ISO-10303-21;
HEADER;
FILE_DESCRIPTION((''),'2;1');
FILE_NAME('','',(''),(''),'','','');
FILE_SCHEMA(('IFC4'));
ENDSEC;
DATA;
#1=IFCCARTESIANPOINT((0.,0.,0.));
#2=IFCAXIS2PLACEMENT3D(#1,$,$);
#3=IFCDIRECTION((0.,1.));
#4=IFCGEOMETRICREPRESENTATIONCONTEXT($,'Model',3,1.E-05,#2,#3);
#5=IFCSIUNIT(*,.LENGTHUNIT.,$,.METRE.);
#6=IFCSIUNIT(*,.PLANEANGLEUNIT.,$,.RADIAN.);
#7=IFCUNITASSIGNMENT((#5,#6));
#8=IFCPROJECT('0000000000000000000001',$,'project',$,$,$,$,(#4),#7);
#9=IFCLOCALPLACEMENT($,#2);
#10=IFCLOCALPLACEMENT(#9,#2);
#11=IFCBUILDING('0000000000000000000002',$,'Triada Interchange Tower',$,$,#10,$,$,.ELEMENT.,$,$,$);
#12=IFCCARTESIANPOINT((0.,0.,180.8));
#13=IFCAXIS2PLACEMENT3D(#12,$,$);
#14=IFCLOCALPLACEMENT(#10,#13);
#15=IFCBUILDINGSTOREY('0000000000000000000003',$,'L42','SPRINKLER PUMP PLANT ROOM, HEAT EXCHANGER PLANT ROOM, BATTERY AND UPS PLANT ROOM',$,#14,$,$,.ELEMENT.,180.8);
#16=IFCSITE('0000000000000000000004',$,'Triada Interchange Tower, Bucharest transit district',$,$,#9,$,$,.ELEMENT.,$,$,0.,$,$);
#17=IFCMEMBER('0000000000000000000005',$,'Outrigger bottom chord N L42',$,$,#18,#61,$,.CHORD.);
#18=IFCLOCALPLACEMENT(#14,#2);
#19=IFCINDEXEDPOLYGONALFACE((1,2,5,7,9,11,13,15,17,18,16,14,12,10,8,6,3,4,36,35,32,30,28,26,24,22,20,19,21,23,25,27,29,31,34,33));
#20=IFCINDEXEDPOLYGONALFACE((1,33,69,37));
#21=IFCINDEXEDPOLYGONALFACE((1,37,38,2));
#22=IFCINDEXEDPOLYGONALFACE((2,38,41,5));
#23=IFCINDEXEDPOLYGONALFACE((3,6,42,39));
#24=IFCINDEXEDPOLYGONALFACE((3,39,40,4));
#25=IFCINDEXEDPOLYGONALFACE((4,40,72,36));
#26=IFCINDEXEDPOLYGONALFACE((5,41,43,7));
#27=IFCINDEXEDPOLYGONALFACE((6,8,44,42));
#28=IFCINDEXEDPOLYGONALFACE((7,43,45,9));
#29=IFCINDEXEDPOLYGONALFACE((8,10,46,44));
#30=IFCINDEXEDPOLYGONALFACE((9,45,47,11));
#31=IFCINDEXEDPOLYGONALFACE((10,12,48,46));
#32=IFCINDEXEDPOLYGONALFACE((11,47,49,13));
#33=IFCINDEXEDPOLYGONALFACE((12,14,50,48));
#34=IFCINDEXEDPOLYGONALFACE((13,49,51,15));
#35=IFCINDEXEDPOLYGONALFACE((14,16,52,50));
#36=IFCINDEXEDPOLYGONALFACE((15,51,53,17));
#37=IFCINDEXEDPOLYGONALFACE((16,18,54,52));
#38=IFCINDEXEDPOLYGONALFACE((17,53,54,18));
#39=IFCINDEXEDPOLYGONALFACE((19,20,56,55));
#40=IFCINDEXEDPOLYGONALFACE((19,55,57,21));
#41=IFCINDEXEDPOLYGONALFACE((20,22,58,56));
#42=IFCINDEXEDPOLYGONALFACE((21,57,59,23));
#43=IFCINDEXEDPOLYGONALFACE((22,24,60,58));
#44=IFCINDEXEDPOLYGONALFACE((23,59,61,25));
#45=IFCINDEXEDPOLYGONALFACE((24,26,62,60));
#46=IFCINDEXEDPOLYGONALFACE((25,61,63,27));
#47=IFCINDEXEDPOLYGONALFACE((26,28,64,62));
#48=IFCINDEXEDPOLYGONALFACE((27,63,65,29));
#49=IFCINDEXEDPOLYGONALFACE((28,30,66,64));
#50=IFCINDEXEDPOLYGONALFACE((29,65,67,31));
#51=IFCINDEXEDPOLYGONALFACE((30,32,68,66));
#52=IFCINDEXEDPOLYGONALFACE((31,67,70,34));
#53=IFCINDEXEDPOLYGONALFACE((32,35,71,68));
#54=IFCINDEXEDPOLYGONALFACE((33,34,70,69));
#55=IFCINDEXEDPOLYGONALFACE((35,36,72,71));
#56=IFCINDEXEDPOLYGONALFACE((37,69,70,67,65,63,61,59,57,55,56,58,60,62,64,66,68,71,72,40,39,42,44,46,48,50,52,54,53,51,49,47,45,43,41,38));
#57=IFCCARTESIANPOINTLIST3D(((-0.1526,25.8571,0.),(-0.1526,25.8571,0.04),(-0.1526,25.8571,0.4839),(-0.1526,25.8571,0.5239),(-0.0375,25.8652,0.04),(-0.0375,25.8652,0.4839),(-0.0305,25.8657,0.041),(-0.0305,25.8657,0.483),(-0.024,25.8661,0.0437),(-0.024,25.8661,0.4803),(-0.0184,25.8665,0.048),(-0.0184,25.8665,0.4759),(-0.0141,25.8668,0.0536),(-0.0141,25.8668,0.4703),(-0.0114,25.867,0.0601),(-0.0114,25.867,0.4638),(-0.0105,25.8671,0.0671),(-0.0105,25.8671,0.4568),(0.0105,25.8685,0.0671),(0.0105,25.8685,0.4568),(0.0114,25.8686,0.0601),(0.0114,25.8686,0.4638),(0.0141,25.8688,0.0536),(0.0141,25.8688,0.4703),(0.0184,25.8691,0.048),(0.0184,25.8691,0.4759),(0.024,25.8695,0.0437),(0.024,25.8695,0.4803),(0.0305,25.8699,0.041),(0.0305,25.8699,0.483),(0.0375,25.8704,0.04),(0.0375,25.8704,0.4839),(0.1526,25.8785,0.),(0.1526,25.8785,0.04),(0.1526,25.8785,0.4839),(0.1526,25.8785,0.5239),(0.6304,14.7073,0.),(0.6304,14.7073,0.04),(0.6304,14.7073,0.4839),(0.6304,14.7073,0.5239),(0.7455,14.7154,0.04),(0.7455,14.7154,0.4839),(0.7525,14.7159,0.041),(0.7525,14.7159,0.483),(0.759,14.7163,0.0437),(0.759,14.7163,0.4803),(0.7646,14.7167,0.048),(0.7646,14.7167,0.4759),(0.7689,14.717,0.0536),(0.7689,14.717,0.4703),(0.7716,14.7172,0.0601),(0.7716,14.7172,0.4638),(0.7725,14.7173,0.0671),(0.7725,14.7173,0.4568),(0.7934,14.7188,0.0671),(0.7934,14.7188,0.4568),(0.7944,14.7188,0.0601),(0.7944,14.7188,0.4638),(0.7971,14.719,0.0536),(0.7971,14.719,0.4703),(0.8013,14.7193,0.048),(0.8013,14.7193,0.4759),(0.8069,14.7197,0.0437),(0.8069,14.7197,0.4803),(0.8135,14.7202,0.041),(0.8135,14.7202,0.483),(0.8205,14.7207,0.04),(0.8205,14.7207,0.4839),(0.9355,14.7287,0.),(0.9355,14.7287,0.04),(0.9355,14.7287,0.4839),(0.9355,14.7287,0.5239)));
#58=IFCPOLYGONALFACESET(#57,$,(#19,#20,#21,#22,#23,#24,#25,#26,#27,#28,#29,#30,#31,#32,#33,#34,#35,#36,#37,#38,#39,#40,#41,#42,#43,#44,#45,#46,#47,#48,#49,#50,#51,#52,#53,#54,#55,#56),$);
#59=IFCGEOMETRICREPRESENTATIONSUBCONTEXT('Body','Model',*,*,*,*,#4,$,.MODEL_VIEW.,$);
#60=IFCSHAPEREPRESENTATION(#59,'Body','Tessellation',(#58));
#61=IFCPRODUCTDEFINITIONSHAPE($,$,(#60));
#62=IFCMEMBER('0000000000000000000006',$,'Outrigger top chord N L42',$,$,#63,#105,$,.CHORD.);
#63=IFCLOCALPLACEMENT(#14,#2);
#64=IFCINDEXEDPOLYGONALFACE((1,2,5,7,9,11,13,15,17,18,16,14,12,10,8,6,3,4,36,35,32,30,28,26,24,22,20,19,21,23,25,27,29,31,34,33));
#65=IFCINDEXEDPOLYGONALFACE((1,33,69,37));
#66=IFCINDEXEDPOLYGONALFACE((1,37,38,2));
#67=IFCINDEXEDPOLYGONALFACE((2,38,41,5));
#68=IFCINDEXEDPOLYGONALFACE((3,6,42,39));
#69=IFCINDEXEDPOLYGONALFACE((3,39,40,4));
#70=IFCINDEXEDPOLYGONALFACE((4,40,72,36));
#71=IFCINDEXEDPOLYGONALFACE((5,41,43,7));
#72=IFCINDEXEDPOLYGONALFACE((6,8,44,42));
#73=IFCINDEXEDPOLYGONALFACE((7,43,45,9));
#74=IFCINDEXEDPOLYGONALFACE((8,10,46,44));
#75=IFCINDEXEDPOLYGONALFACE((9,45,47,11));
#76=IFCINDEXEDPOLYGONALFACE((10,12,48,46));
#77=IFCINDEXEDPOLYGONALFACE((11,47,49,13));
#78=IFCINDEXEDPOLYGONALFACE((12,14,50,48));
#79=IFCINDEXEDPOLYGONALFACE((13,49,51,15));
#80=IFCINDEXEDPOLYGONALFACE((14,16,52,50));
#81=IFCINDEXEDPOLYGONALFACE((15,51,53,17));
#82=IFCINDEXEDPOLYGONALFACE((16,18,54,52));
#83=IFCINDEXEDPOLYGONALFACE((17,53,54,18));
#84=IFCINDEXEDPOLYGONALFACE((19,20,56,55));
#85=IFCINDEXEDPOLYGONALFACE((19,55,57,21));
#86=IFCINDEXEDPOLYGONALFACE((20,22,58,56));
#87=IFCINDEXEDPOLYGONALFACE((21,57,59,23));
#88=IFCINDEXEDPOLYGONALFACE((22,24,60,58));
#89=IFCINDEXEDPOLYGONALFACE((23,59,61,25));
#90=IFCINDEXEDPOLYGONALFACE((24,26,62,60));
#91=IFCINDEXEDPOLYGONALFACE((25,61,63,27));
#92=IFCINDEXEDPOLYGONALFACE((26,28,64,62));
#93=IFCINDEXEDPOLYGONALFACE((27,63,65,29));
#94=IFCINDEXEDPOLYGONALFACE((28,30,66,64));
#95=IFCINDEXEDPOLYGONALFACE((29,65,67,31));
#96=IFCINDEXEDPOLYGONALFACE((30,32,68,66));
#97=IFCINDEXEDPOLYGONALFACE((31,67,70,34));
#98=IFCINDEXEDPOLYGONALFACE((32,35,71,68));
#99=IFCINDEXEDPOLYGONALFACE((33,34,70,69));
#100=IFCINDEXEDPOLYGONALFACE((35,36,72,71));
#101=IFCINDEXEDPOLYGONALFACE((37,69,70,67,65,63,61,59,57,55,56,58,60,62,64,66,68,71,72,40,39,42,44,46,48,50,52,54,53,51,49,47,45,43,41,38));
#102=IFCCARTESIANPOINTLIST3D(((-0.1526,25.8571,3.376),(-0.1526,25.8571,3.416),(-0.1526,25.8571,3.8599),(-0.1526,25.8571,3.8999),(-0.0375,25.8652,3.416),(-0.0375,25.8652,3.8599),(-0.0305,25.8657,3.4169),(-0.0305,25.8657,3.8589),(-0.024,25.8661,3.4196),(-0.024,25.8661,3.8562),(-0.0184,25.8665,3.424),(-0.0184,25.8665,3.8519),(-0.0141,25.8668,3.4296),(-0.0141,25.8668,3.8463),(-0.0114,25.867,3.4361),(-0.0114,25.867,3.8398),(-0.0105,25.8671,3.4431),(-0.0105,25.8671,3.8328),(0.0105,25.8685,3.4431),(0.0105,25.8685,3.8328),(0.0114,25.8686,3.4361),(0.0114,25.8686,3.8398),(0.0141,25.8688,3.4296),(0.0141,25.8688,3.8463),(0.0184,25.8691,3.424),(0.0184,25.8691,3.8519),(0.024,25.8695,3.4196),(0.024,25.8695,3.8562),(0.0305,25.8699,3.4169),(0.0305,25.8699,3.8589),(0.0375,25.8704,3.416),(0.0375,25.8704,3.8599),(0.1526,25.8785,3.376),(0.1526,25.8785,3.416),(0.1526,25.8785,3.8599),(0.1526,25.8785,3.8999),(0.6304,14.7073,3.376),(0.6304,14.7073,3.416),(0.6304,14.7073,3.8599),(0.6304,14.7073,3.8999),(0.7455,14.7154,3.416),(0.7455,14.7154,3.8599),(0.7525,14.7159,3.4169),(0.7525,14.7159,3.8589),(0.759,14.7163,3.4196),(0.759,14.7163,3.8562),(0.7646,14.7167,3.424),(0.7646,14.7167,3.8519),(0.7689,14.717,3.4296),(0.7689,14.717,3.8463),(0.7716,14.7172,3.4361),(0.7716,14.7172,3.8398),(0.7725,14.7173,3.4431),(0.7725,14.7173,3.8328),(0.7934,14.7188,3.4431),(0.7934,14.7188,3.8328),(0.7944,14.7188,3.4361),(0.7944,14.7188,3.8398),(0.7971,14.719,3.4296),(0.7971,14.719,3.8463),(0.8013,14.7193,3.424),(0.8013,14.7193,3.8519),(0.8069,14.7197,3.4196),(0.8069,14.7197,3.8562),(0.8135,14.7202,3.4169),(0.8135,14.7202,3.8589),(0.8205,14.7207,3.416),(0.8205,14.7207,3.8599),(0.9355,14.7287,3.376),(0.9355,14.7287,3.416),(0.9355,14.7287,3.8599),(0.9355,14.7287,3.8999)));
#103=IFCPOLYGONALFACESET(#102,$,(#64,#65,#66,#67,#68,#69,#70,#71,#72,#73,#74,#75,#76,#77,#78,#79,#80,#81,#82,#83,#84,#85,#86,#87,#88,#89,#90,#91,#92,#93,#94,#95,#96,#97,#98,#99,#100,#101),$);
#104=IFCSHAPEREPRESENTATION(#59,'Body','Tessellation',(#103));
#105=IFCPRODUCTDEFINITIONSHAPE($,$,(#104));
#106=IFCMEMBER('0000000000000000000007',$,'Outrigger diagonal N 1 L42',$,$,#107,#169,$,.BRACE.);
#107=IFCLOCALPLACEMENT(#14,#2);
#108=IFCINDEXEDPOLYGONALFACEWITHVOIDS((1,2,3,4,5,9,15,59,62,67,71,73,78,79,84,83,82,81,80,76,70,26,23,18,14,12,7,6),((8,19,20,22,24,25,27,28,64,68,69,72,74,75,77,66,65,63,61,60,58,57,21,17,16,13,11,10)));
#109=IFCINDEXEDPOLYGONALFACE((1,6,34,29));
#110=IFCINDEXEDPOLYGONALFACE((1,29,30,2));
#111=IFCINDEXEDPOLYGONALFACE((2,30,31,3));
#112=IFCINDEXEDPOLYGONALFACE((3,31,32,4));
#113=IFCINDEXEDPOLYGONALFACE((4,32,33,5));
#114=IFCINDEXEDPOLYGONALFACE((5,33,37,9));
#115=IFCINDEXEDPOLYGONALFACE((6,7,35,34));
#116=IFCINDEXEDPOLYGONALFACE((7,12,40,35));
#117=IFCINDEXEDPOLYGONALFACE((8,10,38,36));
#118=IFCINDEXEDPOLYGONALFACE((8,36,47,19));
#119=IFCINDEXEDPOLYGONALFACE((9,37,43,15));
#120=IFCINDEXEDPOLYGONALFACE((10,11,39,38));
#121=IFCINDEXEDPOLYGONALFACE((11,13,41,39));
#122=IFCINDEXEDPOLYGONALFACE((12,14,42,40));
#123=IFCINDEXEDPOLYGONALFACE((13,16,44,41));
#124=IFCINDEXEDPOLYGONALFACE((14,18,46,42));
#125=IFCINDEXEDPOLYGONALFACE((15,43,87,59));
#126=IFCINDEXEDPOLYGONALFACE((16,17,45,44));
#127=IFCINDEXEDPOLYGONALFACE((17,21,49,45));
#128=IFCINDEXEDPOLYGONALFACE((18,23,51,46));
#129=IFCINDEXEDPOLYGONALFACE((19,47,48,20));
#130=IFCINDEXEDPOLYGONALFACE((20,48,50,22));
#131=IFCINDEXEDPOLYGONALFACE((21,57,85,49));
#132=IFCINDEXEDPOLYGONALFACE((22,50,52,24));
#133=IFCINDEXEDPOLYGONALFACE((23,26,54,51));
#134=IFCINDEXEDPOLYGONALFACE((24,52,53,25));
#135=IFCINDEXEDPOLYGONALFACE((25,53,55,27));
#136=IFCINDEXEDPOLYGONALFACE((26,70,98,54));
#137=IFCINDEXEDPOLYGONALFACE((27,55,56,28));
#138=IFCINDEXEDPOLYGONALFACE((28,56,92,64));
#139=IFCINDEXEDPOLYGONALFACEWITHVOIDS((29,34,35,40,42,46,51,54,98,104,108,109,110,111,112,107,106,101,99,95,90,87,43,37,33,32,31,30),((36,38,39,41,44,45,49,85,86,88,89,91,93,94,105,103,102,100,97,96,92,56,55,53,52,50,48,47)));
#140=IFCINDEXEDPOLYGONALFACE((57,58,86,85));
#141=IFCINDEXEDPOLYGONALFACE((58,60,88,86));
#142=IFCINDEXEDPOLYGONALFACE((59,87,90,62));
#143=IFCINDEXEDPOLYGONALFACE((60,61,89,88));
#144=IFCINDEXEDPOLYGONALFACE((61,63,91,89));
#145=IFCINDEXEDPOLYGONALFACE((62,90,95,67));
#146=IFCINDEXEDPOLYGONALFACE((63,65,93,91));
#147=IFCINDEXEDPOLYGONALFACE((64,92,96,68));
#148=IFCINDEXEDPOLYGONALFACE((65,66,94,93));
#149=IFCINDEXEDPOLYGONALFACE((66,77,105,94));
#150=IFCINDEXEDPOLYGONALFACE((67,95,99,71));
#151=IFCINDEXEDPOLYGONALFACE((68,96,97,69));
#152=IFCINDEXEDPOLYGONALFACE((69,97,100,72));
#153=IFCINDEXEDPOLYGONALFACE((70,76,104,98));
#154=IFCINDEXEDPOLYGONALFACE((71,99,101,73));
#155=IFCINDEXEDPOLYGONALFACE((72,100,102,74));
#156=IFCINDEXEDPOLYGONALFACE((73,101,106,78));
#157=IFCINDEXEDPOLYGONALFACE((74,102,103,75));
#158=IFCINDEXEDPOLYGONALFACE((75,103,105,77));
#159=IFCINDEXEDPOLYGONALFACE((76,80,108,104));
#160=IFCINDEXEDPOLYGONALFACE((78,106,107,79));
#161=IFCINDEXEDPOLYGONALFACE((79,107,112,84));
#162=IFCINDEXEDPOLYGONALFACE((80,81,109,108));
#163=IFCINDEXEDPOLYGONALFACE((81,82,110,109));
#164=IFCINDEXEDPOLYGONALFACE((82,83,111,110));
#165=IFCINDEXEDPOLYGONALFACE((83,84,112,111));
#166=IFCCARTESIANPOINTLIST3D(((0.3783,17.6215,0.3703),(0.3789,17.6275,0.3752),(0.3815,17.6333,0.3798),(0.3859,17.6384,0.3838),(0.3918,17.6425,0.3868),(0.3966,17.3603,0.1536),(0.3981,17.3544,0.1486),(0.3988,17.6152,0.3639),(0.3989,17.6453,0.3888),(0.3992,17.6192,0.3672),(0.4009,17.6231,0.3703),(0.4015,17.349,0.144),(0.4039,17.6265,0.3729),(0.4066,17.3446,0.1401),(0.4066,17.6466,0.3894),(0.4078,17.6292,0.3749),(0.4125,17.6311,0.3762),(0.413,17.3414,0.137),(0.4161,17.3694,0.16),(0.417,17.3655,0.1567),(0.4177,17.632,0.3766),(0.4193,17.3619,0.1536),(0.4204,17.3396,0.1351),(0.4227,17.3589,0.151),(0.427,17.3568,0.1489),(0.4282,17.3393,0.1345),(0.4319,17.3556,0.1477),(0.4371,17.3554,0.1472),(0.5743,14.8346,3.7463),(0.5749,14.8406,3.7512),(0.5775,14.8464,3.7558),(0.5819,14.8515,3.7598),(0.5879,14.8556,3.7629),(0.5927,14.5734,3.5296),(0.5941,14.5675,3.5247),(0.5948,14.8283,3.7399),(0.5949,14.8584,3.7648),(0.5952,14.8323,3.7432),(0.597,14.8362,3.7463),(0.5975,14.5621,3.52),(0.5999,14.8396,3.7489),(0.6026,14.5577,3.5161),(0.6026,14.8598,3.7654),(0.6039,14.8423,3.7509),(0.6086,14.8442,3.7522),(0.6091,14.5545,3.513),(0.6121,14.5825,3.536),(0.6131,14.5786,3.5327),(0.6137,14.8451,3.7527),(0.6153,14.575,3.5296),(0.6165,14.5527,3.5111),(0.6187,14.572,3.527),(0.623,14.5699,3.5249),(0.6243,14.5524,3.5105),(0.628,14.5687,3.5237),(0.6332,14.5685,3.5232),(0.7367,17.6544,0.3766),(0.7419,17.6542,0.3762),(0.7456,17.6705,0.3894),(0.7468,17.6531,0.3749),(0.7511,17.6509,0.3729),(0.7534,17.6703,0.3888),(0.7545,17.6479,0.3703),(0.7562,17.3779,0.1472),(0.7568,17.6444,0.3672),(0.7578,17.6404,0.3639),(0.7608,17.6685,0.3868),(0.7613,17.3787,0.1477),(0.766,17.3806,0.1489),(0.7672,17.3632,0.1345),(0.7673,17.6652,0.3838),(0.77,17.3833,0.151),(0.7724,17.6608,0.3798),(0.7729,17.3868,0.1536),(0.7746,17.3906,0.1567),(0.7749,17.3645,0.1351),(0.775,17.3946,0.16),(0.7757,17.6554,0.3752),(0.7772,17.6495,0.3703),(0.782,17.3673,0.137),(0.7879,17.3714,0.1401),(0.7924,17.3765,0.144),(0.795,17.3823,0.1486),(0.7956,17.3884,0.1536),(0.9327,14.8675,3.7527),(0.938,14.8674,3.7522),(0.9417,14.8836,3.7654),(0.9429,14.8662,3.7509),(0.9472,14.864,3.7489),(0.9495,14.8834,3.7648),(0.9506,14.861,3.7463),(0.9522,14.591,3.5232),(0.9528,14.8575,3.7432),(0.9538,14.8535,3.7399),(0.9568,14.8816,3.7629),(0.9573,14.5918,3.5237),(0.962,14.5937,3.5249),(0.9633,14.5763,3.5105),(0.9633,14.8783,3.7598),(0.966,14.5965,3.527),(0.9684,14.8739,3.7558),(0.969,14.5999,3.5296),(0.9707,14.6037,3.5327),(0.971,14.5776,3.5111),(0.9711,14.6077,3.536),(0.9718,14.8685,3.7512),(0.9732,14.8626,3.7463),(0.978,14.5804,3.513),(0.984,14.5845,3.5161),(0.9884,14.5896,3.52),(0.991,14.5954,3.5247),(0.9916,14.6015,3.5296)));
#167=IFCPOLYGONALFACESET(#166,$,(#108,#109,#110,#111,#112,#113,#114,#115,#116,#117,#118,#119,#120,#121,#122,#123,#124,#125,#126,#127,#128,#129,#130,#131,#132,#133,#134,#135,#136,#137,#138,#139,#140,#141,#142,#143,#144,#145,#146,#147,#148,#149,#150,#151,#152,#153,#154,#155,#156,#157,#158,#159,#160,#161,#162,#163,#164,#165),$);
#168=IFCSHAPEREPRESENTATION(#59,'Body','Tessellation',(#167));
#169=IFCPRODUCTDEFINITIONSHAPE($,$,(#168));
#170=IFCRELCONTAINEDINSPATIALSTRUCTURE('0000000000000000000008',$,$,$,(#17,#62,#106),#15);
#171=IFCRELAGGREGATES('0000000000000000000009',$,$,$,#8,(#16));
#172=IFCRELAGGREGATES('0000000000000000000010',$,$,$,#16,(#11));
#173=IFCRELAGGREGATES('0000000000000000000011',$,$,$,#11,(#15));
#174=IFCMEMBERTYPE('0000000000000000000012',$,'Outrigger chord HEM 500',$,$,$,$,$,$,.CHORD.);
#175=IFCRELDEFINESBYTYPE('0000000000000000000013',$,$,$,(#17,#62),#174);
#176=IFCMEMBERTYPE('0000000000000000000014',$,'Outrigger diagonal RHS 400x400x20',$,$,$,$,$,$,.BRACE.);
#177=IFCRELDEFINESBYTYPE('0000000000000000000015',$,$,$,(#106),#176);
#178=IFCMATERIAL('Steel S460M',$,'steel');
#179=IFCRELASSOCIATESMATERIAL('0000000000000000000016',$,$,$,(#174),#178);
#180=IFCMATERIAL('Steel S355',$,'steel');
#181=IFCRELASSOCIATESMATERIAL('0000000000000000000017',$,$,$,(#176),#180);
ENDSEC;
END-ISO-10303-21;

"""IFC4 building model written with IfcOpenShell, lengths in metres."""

from ifc_helpers import new_model, si_unit, direction, frame, origin, origin_2d, place, context, subcontext, project, spatial, hollow_rectangle, i_section, extrude, material, material_profile, profile_set, type_object, element, save


model = new_model("IFC4")

# Units and contexts
model_context = context("Model", 3, precision=1e-05, world=origin(), true_north=direction((0.0, 1.0)))
body_context = subcontext(model_context, "Body", "Model", "MODEL_VIEW")
ifc_project = project(units=[si_unit("LENGTHUNIT", "METRE"), si_unit("PLANEANGLEUNIT", "RADIAN")], contexts=[model_context])

# Site, building, storey
site_placement = place(None, origin())
site = spatial("IfcSite", under=ifc_project, at=site_placement, Name="Triada Interchange Tower, Bucharest transit district", CompositionType="ELEMENT", RefElevation=0.0)
building_placement = place(site_placement, origin())
building = spatial("IfcBuilding", under=site, at=building_placement, Name="Triada Interchange Tower", CompositionType="ELEMENT")
storey_placement = place(building_placement, frame((0.0, 0.0, 180.8)))
storey = spatial("IfcBuildingStorey", under=building, at=storey_placement, Name="L42", Description="SPRINKLER PUMP PLANT ROOM, HEAT EXCHANGER PLANT ROOM, BATTERY AND UPS PLANT ROOM", CompositionType="ELEMENT", Elevation=180.8)

# Shared definitions
ifc_material_1 = material(Name="Steel S355", Category="steel")

# Members
ifc_material_2 = material(Name="Steel S460M", Category="steel")
ifc_material_profile_1 = material_profile(ifc_material_2, i_section(OverallWidth=0.3059, OverallDepth=0.5239, WebThickness=0.021, FlangeThickness=0.04, FilletRadius=0.0271, at=origin_2d()), Name="HEM 500")
ifc_profile_set_1 = profile_set([ifc_material_profile_1], Name="Steel S460M")
member_type_1 = type_object("IfcMemberType", Name="Outrigger chord HEM 500", PredefinedType="CHORD", material=ifc_profile_set_1)
for number, where, z_axis, x_axis, name in (
    (1, (0.783, 14.718, 0.262), (-0.070049, 0.997544, 0.0), (-0.997544, -0.070049, 0.0), "Outrigger bottom chord N L42"),
    (2, (0.783, 14.718, 3.6379), (-0.070049, 0.997544, 0.0), (-0.997544, -0.070049, 0.0), "Outrigger top chord N L42"),
):
    element("IfcMember", number, at=place(storey_placement, frame(where, z_axis=z_axis, x_axis=x_axis)), inside=storey, type_object=member_type_1, Name=name, PredefinedType="CHORD", context=body_context, shape_type="SweptSolid", body=[
        extrude(i_section(OverallWidth=0.3059, OverallDepth=0.5239, WebThickness=0.021, FlangeThickness=0.04, FilletRadius=0.0271, at=origin_2d()), origin(), (0.0, 0.0, 1.0), 11.1772),
    ])
ifc_material_profile_2 = material_profile(ifc_material_1, hollow_rectangle(XDim=0.3999, YDim=0.3999, WallThickness=0.02, InnerFilletRadius=0.02, OuterFilletRadius=0.03, at=origin_2d()), Name="RHS 400x400x20")
ifc_profile_set_2 = profile_set([ifc_material_profile_2], Name="Steel S355")
member_type_2 = type_object("IfcMemberType", Name="Outrigger diagonal RHS 400x400x20", PredefinedType="BRACE", material=ifc_profile_set_2)
member_1_placement = place(storey_placement, frame((0.783, 14.718, 3.6379), z_axis=(-0.044738, 0.635974, -0.770412), x_axis=(-0.997535, -0.070173, 0.0)))
element("IfcMember", 3, at=member_1_placement, inside=storey, type_object=member_type_2, Name="Outrigger diagonal N 1 L42", PredefinedType="BRACE", context=body_context, shape_type="SweptSolid", body=[
    extrude(hollow_rectangle(XDim=0.3999, YDim=0.3999, WallThickness=0.02, InnerFilletRadius=0.02, OuterFilletRadius=0.03, at=origin_2d()), origin(), (0.0, 0.0, 1.0), 4.3821),
])

save(model, "model.ifc")
